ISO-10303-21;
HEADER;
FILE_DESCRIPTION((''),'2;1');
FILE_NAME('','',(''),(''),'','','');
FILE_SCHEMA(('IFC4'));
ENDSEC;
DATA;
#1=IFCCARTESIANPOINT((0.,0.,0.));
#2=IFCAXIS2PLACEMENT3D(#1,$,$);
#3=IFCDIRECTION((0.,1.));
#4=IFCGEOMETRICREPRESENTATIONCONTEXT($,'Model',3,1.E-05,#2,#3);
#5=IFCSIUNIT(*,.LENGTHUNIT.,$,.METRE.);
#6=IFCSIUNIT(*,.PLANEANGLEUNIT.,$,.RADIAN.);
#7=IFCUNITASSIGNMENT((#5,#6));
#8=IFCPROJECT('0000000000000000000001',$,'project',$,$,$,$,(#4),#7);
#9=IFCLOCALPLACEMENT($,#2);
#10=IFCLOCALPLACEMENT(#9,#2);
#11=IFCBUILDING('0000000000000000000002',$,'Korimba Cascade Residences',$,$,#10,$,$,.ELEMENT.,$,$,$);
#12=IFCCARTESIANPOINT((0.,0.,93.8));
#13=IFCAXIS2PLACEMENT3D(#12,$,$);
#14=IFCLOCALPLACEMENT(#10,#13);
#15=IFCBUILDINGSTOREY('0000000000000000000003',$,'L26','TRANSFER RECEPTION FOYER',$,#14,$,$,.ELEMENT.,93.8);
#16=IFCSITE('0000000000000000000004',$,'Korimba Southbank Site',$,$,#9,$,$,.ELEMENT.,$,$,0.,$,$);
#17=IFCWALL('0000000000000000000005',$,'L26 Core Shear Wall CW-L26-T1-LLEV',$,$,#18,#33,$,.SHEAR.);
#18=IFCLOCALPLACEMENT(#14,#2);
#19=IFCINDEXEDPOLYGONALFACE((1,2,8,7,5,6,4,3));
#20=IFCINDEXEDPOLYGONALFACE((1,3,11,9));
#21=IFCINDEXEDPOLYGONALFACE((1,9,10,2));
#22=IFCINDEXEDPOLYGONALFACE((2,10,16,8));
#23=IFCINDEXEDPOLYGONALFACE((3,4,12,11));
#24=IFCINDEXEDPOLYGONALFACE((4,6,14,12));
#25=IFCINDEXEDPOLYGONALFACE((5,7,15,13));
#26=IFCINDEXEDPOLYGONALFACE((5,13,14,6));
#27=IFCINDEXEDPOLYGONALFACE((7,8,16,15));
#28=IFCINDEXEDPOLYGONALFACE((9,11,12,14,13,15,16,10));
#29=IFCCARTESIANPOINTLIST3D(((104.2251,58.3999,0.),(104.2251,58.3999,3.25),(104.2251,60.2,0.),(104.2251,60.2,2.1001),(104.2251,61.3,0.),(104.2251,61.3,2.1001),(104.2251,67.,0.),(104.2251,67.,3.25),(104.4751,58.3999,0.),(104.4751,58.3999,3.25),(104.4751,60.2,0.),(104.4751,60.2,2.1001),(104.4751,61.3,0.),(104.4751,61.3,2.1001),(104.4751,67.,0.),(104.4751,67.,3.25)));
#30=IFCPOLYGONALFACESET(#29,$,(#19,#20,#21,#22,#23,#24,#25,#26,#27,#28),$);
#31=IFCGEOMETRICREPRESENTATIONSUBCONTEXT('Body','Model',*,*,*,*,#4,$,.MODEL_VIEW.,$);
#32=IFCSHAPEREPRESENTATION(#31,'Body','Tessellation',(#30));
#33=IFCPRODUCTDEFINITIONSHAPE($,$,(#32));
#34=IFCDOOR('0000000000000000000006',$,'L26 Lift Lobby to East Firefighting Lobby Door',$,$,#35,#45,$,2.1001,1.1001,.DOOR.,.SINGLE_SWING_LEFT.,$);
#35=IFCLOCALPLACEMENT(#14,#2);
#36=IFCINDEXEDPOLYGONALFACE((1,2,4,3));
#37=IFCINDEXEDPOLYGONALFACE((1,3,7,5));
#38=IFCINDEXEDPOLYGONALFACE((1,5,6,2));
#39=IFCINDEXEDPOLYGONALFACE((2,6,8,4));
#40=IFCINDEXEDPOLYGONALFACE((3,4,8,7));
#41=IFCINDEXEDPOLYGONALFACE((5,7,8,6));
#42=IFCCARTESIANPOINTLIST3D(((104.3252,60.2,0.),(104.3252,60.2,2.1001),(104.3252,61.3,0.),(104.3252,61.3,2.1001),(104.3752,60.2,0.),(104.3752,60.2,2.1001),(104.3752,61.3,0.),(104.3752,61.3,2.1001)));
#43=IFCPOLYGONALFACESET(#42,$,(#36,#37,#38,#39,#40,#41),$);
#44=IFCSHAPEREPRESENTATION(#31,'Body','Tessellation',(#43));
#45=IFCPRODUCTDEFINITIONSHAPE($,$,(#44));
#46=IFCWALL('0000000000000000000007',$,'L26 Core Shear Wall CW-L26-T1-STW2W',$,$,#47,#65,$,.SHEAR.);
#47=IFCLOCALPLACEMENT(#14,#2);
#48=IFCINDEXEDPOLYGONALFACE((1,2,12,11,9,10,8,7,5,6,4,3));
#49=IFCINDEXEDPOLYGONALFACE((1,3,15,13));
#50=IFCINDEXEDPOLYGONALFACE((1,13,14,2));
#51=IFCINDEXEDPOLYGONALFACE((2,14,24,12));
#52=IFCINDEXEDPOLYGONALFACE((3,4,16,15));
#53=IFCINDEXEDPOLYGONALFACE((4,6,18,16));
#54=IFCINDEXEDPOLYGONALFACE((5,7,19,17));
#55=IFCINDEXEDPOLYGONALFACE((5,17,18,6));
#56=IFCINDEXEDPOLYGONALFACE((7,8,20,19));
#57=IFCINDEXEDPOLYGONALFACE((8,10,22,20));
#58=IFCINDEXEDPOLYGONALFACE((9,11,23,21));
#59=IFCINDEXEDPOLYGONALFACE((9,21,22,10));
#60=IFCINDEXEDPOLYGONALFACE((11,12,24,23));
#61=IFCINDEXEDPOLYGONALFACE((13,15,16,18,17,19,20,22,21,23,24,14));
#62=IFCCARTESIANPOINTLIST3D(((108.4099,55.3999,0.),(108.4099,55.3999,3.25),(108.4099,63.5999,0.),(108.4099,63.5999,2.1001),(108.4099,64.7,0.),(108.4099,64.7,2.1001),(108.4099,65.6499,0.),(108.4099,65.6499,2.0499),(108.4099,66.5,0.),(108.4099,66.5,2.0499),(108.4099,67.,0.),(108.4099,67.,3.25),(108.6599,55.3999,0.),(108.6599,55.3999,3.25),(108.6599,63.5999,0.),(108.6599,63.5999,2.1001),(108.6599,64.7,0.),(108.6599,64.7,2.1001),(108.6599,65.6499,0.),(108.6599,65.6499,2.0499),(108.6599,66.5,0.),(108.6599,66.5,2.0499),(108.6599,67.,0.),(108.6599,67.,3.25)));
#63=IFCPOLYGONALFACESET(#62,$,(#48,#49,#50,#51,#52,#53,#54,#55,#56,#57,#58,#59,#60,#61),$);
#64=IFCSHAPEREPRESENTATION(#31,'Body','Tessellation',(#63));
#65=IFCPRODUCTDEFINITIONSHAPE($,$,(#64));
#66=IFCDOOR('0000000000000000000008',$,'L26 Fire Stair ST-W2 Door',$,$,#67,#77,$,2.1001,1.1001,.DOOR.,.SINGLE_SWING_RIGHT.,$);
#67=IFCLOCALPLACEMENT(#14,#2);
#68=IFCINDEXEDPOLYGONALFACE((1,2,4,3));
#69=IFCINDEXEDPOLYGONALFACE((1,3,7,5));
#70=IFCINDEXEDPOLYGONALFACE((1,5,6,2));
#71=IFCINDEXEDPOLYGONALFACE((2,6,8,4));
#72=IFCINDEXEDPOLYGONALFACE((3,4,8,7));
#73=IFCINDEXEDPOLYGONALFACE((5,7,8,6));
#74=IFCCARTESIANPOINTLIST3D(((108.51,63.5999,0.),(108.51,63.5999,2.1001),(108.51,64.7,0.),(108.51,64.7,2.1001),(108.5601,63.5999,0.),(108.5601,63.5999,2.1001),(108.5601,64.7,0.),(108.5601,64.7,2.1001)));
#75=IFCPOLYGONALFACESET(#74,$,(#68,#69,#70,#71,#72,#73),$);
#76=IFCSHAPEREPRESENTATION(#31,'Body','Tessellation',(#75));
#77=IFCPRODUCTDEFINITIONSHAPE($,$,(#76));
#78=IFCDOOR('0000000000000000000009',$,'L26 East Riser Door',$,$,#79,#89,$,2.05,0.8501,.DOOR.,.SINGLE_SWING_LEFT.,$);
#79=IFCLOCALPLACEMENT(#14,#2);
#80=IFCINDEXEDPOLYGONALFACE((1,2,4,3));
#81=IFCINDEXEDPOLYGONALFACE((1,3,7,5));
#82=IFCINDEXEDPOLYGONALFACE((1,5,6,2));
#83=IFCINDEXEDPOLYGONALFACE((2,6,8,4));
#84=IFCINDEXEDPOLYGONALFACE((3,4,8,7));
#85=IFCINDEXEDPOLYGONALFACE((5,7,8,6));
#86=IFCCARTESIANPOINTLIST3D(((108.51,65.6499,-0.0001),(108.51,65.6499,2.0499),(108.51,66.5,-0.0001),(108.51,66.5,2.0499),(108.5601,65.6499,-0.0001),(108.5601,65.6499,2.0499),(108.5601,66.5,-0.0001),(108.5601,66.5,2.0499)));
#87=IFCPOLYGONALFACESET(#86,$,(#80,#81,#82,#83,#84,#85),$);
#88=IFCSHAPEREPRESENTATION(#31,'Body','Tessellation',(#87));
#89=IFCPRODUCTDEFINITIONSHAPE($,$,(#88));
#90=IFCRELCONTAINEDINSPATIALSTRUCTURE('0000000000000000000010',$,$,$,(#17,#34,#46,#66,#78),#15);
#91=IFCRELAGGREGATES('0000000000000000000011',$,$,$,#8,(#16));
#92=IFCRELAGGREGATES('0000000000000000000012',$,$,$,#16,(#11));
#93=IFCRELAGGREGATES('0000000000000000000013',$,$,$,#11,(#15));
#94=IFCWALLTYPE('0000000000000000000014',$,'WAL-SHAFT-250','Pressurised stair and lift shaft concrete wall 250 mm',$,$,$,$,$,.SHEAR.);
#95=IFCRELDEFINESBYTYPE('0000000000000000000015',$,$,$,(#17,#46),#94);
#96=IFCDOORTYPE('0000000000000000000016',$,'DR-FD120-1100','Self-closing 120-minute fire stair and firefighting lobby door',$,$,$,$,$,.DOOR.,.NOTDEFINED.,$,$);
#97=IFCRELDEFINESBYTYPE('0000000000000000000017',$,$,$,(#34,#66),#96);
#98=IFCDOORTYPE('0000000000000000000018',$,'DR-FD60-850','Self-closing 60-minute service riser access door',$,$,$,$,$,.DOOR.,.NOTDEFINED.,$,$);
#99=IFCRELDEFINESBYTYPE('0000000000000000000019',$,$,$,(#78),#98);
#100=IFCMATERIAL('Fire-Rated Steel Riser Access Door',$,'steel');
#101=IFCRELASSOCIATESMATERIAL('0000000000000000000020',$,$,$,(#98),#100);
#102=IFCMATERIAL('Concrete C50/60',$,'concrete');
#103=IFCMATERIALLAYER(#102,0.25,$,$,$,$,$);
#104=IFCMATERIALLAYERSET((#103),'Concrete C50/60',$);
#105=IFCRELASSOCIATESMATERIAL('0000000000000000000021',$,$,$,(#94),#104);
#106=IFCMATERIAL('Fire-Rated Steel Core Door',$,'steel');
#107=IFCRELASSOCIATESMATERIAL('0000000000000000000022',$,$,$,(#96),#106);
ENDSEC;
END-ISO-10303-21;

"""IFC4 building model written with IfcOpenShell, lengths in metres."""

from ifc_helpers import new_model, si_unit, direction, frame, frame_2d, origin, place, context, subcontext, project, spatial, rectangle, extrude, material, layer, layer_set, type_object, element, fill, save


model = new_model("IFC4")

# Units and contexts
model_context = context("Model", 3, precision=1e-05, world=origin(), true_north=direction((0.0, 1.0)))
body_context = subcontext(model_context, "Body", "Model", "MODEL_VIEW")
ifc_project = project(units=[si_unit("LENGTHUNIT", "METRE"), si_unit("PLANEANGLEUNIT", "RADIAN")], contexts=[model_context])

# Site, building, storey
site_placement = place(None, origin())
site = spatial("IfcSite", under=ifc_project, at=site_placement, Name="Korimba Southbank Site", CompositionType="ELEMENT", RefElevation=0.0)
building_placement = place(site_placement, origin())
building = spatial("IfcBuilding", under=site, at=building_placement, Name="Korimba Cascade Residences", CompositionType="ELEMENT")
storey_placement = place(building_placement, frame((0.0, 0.0, 93.8)))
storey = spatial("IfcBuildingStorey", under=building, at=storey_placement, Name="L26", Description="TRANSFER RECEPTION FOYER", CompositionType="ELEMENT", Elevation=93.8)

# Shared definitions
ifc_material_1 = material(Name="Fire-Rated Steel Riser Access Door", Category="steel")
door_type_1 = type_object("IfcDoorType", Name="DR-FD60-850", Description="Self-closing 60-minute service riser access door", OperationType="NOTDEFINED", PredefinedType="DOOR", material=ifc_material_1)

# Shared definitions
ifc_material_2 = material(Name="Concrete C50/60", Category="concrete")
ifc_layer_1 = layer(ifc_material_2, 0.25)
ifc_layer_set_1 = layer_set([ifc_layer_1], Name="Concrete C50/60")
wall_type_1 = type_object("IfcWallType", Name="WAL-SHAFT-250", Description="Pressurised stair and lift shaft concrete wall 250 mm", PredefinedType="SHEAR", material=ifc_layer_set_1)

# Wall, opening, door
wall_1_placement = place(storey_placement, frame((104.3501, 58.3999, 0.0), z_axis=(0.0, 0.0, 1.0), x_axis=(0.0, 1.0, 0.0)))
wall_1 = element("IfcWall", 1, at=wall_1_placement, inside=storey, type_object=wall_type_1, Name="L26 Core Shear Wall CW-L26-T1-LLEV", PredefinedType="SHEAR", context=body_context, shape_type="SweptSolid", body=[
    extrude(rectangle(XDim=8.6001, YDim=0.25, at=frame_2d((4.3, 0.0))), origin(), (0.0, 0.0, 1.0), 3.25),
])
opening_1_placement = place(wall_1_placement, frame((1.8, 0.0, 0.0)))
opening_1 = element("IfcOpeningElement", 2, at=opening_1_placement, cuts=wall_1, PredefinedType="OPENING", context=body_context, shape_type="SweptSolid", body=[
    extrude(rectangle(XDim=1.1001, YDim=2.1001, at=frame_2d((0.55, 1.05))), frame((0.0, 0.135, 0.0), z_axis=(0.0, -1.0, 0.0), x_axis=(1.0, 0.0, 0.0)), (0.0, 0.0, 1.0), 0.27),
])
ifc_material_3 = material(Name="Fire-Rated Steel Core Door", Category="steel")
door_type_2 = type_object("IfcDoorType", Name="DR-FD120-1100", Description="Self-closing 120-minute fire stair and firefighting lobby door", OperationType="NOTDEFINED", PredefinedType="DOOR", material=ifc_material_3)
door_1_placement = place(opening_1_placement, origin())
door_1 = element("IfcDoor", 3, at=door_1_placement, inside=storey, type_object=door_type_2, Name="L26 Lift Lobby to East Firefighting Lobby Door", OperationType="SINGLE_SWING_LEFT", OverallHeight=2.1001, OverallWidth=1.1001, PredefinedType="DOOR", context=body_context, shape_type="SweptSolid", body=[
    extrude(rectangle(XDim=1.1001, YDim=2.1001, at=frame_2d((0.55, 1.05))), frame((0.0, 0.0249, 0.0), z_axis=(0.0, -1.0, 0.0), x_axis=(1.0, 0.0, 0.0)), (0.0, 0.0, 1.0), 0.05),
])
fill(opening_1, door_1)

# Wall, openings, doors
wall_2_placement = place(storey_placement, frame((108.5349, 55.3999, 0.0), z_axis=(0.0, 0.0, 1.0), x_axis=(0.0, 1.0, 0.0)))
wall_2 = element("IfcWall", 4, at=wall_2_placement, inside=storey, type_object=wall_type_1, Name="L26 Core Shear Wall CW-L26-T1-STW2W", PredefinedType="SHEAR", context=body_context, shape_type="SweptSolid", body=[
    extrude(rectangle(XDim=11.6001, YDim=0.25, at=frame_2d((5.8, 0.0))), origin(), (0.0, 0.0, 1.0), 3.25),
])
opening_2_placement = place(wall_2_placement, frame((8.2, 0.0, 0.0)))
opening_2 = element("IfcOpeningElement", 5, at=opening_2_placement, cuts=wall_2, PredefinedType="OPENING", context=body_context, shape_type="SweptSolid", body=[
    extrude(rectangle(XDim=1.1001, YDim=2.1001, at=frame_2d((0.55, 1.05))), frame((0.0, 0.135, 0.0), z_axis=(0.0, -1.0, 0.0), x_axis=(1.0, 0.0, 0.0)), (0.0, 0.0, 1.0), 0.27),
])
opening_3_placement = place(wall_2_placement, frame((10.25, 0.0, 0.0)))
opening_3 = element("IfcOpeningElement", 6, at=opening_3_placement, cuts=wall_2, PredefinedType="OPENING", context=body_context, shape_type="SweptSolid", body=[
    extrude(rectangle(XDim=0.8501, YDim=2.05, at=frame_2d((0.425, 1.0249))), frame((0.0, 0.135, 0.0), z_axis=(0.0, -1.0, 0.0), x_axis=(1.0, 0.0, 0.0)), (0.0, 0.0, 1.0), 0.27),
])
door_2_placement = place(opening_2_placement, origin())
door_2 = element("IfcDoor", 7, at=door_2_placement, inside=storey, type_object=door_type_2, Name="L26 Fire Stair ST-W2 Door", OperationType="SINGLE_SWING_RIGHT", OverallHeight=2.1001, OverallWidth=1.1001, PredefinedType="DOOR", context=body_context, shape_type="SweptSolid", body=[
    extrude(rectangle(XDim=1.1001, YDim=2.1001, at=frame_2d((0.55, 1.05))), frame((0.0, 0.0249, 0.0), z_axis=(0.0, -1.0, 0.0), x_axis=(1.0, 0.0, 0.0)), (0.0, 0.0, 1.0), 0.05),
])
fill(opening_2, door_2)
door_3_placement = place(opening_3_placement, origin())
door_3 = element("IfcDoor", 8, at=door_3_placement, inside=storey, type_object=door_type_1, Name="L26 East Riser Door", OperationType="SINGLE_SWING_LEFT", OverallHeight=2.05, OverallWidth=0.8501, PredefinedType="DOOR", context=body_context, shape_type="SweptSolid", body=[
    extrude(rectangle(XDim=0.8501, YDim=2.05, at=frame_2d((0.425, 1.0249))), frame((0.0, 0.0249, 0.0), z_axis=(0.0, -1.0, 0.0), x_axis=(1.0, 0.0, 0.0)), (0.0, 0.0, 1.0), 0.05),
])
fill(opening_3, door_3)

save(model, "model.ifc")
